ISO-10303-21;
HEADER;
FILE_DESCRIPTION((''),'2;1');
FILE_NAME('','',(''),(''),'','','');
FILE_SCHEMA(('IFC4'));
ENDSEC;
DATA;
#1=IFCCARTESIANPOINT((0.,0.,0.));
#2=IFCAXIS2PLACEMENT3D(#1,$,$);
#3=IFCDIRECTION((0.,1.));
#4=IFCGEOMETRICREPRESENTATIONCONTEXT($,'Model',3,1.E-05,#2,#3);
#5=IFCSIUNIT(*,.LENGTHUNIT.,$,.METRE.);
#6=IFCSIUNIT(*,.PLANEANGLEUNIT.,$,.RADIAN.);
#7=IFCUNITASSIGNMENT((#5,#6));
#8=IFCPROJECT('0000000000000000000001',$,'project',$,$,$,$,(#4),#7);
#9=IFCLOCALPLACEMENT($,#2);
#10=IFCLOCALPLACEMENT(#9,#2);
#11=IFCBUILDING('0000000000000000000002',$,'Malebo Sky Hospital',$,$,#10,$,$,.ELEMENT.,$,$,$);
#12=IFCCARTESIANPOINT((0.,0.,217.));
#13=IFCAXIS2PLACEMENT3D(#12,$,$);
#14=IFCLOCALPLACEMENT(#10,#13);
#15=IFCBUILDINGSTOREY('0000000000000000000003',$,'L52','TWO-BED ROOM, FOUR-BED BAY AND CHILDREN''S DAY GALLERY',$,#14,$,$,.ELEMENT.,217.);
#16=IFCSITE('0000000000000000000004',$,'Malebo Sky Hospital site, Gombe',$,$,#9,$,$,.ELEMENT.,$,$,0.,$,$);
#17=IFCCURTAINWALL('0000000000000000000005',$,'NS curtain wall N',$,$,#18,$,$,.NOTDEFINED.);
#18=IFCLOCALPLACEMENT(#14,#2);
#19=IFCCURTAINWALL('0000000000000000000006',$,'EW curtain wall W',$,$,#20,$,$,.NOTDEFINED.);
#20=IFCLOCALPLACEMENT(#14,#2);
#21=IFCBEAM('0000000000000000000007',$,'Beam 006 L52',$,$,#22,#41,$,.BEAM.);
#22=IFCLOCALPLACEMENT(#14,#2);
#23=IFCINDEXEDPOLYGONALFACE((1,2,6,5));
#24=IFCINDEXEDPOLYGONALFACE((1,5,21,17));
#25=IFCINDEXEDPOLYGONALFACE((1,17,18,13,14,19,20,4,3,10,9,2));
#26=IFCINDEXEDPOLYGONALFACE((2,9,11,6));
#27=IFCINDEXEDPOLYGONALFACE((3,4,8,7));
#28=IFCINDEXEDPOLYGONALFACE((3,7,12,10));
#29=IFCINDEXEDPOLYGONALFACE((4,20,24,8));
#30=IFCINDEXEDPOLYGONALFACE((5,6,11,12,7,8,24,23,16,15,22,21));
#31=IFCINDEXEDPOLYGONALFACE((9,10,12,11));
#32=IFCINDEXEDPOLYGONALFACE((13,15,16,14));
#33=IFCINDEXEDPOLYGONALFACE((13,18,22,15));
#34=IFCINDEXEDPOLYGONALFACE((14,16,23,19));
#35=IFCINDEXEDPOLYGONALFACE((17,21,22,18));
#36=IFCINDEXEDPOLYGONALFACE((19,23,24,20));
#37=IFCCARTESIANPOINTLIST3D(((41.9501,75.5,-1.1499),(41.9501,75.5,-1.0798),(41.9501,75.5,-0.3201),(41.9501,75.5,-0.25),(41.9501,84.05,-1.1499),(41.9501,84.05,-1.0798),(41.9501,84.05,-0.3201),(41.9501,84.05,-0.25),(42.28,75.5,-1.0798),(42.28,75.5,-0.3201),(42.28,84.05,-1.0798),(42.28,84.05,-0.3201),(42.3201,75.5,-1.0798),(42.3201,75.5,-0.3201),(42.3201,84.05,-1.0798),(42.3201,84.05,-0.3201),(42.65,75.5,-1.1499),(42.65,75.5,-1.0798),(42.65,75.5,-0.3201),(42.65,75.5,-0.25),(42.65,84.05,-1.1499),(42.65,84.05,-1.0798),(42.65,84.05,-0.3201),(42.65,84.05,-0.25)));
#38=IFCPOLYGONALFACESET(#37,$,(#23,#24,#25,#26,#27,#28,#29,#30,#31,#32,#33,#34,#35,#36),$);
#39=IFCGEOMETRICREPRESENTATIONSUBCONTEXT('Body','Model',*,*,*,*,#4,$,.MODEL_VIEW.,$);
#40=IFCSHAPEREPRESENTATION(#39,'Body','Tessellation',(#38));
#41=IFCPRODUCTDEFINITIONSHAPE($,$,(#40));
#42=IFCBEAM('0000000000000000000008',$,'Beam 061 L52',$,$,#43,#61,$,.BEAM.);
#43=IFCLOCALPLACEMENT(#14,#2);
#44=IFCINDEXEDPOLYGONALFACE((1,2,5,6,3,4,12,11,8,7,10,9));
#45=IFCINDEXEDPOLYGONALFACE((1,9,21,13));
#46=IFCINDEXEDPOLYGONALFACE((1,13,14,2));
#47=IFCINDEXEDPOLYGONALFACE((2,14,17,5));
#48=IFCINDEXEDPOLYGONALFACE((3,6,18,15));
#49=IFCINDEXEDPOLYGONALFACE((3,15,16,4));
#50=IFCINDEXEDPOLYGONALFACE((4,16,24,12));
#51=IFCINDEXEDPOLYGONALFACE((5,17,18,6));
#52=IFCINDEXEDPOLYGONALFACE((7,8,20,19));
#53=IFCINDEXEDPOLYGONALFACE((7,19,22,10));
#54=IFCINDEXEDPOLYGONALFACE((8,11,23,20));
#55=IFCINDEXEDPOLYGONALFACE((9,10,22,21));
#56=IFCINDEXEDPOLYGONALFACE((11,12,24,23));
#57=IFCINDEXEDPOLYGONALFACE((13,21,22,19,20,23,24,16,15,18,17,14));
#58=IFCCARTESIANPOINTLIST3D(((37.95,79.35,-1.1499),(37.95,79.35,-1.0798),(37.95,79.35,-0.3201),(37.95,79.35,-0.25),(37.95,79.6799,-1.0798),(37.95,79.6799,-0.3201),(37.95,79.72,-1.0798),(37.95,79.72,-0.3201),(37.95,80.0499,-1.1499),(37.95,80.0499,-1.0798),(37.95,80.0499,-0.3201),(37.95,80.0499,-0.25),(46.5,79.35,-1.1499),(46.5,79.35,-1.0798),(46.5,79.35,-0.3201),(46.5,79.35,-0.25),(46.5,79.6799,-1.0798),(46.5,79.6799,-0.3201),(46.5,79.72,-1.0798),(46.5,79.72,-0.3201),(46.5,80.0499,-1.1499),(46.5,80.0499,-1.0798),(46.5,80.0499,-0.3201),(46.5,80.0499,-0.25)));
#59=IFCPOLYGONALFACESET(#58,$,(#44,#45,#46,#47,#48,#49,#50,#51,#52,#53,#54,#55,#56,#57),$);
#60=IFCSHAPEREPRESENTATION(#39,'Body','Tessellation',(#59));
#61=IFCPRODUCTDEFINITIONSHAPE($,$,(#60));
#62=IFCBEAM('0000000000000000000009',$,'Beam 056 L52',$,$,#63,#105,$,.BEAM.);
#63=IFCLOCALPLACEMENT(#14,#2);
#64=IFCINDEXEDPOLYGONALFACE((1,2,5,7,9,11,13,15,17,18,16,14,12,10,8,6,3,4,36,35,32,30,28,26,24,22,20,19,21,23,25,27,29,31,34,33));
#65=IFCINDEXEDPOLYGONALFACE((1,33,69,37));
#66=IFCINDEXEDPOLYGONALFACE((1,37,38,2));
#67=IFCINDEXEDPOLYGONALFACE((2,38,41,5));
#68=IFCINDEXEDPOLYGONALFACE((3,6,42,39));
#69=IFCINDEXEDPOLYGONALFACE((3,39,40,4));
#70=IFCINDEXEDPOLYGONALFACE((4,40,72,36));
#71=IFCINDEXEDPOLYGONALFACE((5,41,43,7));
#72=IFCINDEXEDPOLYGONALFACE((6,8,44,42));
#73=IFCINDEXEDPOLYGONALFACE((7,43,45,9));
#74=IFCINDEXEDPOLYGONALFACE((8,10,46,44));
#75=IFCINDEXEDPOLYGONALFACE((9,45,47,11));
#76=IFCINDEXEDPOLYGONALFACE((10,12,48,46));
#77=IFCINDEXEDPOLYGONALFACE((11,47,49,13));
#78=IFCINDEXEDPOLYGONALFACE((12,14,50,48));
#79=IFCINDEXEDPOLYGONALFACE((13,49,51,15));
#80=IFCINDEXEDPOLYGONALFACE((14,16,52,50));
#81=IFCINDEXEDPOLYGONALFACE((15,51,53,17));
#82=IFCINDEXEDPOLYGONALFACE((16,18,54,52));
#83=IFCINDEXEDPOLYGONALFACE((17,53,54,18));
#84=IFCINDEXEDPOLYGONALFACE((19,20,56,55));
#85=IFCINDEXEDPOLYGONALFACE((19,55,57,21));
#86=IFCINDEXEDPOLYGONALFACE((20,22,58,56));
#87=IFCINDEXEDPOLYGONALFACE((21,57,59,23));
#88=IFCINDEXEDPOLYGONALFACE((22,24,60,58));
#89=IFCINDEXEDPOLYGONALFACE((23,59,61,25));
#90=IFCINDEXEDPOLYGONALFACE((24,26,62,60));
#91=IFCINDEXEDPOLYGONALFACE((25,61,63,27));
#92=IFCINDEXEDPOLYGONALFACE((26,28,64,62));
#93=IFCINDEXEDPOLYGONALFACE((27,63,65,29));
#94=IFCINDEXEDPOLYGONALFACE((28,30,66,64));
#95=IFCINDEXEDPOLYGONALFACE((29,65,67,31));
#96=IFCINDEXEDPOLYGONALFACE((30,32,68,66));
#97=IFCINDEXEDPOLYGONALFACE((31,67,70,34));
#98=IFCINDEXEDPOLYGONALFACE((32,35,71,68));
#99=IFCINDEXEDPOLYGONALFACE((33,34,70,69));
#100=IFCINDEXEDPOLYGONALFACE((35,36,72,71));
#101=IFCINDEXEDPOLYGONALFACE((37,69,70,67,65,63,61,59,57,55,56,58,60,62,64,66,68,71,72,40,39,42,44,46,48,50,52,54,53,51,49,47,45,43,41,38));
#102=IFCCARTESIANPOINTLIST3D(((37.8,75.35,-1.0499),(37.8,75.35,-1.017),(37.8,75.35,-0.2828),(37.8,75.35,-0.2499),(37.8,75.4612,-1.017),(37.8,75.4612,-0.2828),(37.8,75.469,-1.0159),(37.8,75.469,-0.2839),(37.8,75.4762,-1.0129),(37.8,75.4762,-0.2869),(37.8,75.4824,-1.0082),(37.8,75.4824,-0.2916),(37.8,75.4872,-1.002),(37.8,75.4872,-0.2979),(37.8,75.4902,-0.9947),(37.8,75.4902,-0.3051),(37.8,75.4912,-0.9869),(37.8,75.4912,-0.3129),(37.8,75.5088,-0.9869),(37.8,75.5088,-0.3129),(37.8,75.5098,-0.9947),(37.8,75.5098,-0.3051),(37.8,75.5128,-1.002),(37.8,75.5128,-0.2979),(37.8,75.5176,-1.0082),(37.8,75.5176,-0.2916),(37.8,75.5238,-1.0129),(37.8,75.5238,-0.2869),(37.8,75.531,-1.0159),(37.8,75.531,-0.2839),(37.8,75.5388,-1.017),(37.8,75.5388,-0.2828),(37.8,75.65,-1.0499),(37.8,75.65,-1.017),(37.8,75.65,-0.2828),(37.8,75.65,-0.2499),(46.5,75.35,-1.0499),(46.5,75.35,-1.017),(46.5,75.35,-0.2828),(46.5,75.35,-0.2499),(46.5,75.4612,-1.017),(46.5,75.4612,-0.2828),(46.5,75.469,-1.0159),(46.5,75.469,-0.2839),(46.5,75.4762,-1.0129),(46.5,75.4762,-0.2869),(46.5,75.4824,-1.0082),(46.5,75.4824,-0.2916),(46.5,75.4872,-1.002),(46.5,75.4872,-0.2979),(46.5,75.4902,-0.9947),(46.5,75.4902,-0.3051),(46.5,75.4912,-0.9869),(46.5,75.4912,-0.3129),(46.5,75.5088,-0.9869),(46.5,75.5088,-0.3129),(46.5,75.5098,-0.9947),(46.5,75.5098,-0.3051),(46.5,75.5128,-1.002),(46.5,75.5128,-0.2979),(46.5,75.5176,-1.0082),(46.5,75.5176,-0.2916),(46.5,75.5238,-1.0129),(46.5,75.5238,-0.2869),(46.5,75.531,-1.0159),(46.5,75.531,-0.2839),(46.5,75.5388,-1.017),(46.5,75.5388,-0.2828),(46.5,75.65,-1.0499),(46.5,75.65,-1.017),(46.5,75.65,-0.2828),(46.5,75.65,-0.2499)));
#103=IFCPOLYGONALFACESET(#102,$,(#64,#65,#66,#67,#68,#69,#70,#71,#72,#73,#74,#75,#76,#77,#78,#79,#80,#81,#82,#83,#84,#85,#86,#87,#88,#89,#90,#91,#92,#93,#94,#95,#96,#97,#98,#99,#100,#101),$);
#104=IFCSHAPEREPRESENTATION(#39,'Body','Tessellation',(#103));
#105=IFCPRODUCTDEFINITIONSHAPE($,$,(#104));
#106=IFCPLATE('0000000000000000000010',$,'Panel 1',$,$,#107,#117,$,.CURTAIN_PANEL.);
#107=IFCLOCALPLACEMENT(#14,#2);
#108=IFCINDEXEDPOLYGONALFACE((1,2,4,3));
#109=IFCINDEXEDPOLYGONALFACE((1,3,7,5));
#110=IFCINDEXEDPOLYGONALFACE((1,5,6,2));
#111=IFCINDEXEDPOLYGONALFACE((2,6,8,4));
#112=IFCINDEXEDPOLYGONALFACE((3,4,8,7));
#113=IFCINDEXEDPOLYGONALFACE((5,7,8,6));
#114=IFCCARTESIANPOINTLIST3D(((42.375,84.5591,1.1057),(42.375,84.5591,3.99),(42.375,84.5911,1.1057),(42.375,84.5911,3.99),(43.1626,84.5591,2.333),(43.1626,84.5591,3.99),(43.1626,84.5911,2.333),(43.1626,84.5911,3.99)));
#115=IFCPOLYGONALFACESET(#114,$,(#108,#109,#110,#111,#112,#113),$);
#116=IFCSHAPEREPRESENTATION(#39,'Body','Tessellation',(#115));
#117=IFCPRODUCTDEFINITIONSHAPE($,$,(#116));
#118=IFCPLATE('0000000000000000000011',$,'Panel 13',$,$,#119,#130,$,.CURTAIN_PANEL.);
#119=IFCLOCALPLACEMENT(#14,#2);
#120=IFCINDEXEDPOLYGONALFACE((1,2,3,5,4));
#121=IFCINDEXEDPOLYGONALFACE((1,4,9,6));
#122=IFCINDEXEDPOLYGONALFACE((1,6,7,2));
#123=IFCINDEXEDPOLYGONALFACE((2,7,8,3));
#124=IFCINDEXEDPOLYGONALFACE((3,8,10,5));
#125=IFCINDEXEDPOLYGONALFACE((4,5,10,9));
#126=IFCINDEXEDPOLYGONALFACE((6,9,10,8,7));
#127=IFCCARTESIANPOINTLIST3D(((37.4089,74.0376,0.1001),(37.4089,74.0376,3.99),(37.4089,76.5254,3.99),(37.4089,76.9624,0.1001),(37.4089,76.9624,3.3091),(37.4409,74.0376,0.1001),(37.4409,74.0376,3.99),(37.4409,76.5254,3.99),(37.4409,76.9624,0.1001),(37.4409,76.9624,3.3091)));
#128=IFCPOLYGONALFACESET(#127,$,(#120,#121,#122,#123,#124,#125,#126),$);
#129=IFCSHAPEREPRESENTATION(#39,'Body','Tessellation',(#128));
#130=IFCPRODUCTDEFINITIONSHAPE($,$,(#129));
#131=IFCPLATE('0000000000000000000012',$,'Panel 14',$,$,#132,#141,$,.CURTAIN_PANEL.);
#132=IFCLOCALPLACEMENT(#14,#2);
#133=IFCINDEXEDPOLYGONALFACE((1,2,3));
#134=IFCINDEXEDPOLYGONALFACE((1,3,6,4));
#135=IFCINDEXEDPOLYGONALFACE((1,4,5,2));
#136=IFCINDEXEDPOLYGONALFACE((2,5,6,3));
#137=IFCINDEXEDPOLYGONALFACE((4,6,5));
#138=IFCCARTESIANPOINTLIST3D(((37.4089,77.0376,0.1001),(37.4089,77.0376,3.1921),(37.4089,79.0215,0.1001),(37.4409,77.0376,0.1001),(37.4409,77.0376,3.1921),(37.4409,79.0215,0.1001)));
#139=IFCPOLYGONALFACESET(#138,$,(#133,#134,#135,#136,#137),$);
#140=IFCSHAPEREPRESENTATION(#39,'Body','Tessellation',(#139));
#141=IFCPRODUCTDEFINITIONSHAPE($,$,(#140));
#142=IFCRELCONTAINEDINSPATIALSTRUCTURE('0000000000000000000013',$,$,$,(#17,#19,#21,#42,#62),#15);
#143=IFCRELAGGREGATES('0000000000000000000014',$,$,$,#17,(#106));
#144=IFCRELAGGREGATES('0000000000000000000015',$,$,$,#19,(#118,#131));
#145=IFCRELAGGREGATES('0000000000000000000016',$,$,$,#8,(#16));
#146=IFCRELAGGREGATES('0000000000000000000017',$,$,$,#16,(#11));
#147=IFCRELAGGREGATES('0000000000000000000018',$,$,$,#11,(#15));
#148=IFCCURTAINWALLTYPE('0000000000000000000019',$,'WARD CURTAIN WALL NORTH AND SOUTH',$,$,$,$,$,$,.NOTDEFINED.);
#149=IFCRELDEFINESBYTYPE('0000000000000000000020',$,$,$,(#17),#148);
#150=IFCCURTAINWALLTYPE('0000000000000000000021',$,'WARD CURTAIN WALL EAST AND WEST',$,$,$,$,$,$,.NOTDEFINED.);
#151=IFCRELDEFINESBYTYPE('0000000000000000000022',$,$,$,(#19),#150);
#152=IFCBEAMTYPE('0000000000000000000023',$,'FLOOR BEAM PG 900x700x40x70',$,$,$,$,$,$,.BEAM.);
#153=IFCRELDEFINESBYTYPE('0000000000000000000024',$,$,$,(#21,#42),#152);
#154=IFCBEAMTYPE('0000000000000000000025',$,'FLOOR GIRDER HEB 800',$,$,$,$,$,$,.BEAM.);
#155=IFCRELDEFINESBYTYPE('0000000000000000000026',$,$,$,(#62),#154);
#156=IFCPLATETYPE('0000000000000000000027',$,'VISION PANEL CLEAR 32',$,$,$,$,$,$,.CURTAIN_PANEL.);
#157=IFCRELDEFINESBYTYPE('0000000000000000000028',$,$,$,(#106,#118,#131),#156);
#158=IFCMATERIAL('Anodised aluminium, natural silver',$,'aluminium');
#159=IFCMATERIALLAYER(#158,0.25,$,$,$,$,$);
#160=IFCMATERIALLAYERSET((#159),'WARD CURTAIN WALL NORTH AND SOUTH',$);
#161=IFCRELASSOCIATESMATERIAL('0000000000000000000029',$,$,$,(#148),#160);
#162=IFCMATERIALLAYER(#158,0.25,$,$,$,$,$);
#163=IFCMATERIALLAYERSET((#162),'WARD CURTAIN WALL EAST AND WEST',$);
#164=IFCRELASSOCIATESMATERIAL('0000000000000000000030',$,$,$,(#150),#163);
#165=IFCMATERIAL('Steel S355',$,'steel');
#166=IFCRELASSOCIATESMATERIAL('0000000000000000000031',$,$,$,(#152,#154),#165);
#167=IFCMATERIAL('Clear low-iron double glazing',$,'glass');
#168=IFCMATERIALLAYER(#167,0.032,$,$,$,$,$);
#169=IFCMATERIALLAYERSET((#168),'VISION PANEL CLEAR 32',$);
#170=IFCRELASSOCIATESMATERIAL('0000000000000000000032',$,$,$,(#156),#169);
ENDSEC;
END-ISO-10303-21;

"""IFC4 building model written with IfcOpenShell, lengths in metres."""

from ifc_helpers import new_model, si_unit, direction, frame, origin, origin_2d, place, context, subcontext, project, spatial, polyline, i_section, outline, extrude, material, layer, layer_set, material_profile, profile_set, type_object, element, aggregate, save


model = new_model("IFC4")

# Units and contexts
model_context = context("Model", 3, precision=1e-05, world=origin(), true_north=direction((0.0, 1.0)))
body_context = subcontext(model_context, "Body", "Model", "MODEL_VIEW")
ifc_project = project(units=[si_unit("LENGTHUNIT", "METRE"), si_unit("PLANEANGLEUNIT", "RADIAN")], contexts=[model_context])

# Site, building, storey
site_placement = place(None, origin())
site = spatial("IfcSite", under=ifc_project, at=site_placement, Name="Malebo Sky Hospital site, Gombe", CompositionType="ELEMENT", RefElevation=0.0)
building_placement = place(site_placement, origin())
building = spatial("IfcBuilding", under=site, at=building_placement, Name="Malebo Sky Hospital", CompositionType="ELEMENT")
storey_placement = place(building_placement, frame((0.0, 0.0, 217.0)))
storey = spatial("IfcBuildingStorey", under=building, at=storey_placement, Name="L52", Description="TWO-BED ROOM, FOUR-BED BAY AND CHILDREN'S DAY GALLERY", CompositionType="ELEMENT", Elevation=217.0)

# Curtain walls
ifc_material_1 = material(Name="Anodised aluminium, natural silver", Category="aluminium")
ifc_layer_1 = layer(ifc_material_1, 0.25)
ifc_layer_set_1 = layer_set([ifc_layer_1], Name="WARD CURTAIN WALL NORTH AND SOUTH")
curtain_wall_type_1 = type_object("IfcCurtainWallType", Name="WARD CURTAIN WALL NORTH AND SOUTH", PredefinedType="NOTDEFINED", material=ifc_layer_set_1)
curtain_wall_1_placement = place(storey_placement, origin())
curtain_wall_1 = element("IfcCurtainWall", 1, at=curtain_wall_1_placement, inside=storey, type_object=curtain_wall_type_1, Name="NS curtain wall N", PredefinedType="NOTDEFINED")
ifc_layer_2 = layer(ifc_material_1, 0.25)
ifc_layer_set_2 = layer_set([ifc_layer_2], Name="WARD CURTAIN WALL EAST AND WEST")
curtain_wall_type_2 = type_object("IfcCurtainWallType", Name="WARD CURTAIN WALL EAST AND WEST", PredefinedType="NOTDEFINED", material=ifc_layer_set_2)
curtain_wall_2_placement = place(storey_placement, origin())
curtain_wall_2 = element("IfcCurtainWall", 2, at=curtain_wall_2_placement, inside=storey, type_object=curtain_wall_type_2, Name="EW curtain wall W", PredefinedType="NOTDEFINED")

# Beams
ifc_material_2 = material(Name="Steel S355", Category="steel")
ifc_material_profile_1 = material_profile(ifc_material_2, i_section(OverallWidth=0.7, OverallDepth=0.8999, WebThickness=0.04, FlangeThickness=0.0701, at=origin_2d()), Name="PG 900x700x40x70")
ifc_profile_set_1 = profile_set([ifc_material_profile_1], Name="Steel S355")
beam_type_1 = type_object("IfcBeamType", Name="FLOOR BEAM PG 900x700x40x70", PredefinedType="BEAM", material=ifc_profile_set_1)
for number, where, z_axis, x_axis, name in (
    (3, (42.3, 75.5, -0.7), (0.0, 1.0, 0.0), (-1.0, 0.0, 0.0), "Beam 006 L52"),
    (4, (37.95, 79.7, -0.7), (1.0, 0.0, 0.0), (0.0, 1.0, 0.0), "Beam 061 L52"),
):
    element("IfcBeam", number, at=place(storey_placement, frame(where, z_axis=z_axis, x_axis=x_axis)), inside=storey, type_object=beam_type_1, Name=name, PredefinedType="BEAM", context=body_context, shape_type="SweptSolid", body=[
        extrude(i_section(OverallWidth=0.7, OverallDepth=0.8999, WebThickness=0.04, FlangeThickness=0.0701, at=origin_2d()), origin(), (0.0, 0.0, 1.0), 8.55),
    ])
ifc_material_profile_2 = material_profile(ifc_material_2, i_section(OverallWidth=0.3, OverallDepth=0.8, WebThickness=0.0176, FlangeThickness=0.033, FilletRadius=0.03, at=origin_2d()), Name="HEB 800")
ifc_profile_set_2 = profile_set([ifc_material_profile_2], Name="Steel S355")
beam_type_2 = type_object("IfcBeamType", Name="FLOOR GIRDER HEB 800", PredefinedType="BEAM", material=ifc_profile_set_2)
beam_placement = place(storey_placement, frame((37.8, 75.5, -0.6499), z_axis=(1.0, 0.0, 0.0), x_axis=(0.0, 1.0, 0.0)))
element("IfcBeam", 5, at=beam_placement, inside=storey, type_object=beam_type_2, Name="Beam 056 L52", PredefinedType="BEAM", context=body_context, shape_type="SweptSolid", body=[
    extrude(i_section(OverallWidth=0.3, OverallDepth=0.8, WebThickness=0.0176, FlangeThickness=0.033, FilletRadius=0.03, at=origin_2d()), origin(), (0.0, 0.0, 1.0), 8.7),
])

# Plates
ifc_material_3 = material(Name="Clear low-iron double glazing", Category="glass")
ifc_layer_3 = layer(ifc_material_3, 0.032)
ifc_layer_set_3 = layer_set([ifc_layer_3], Name="VISION PANEL CLEAR 32")
plate_type = type_object("IfcPlateType", Name="VISION PANEL CLEAR 32", PredefinedType="CURTAIN_PANEL", material=ifc_layer_set_3)
plate_1_placement = place(storey_placement, frame((42.7688, 84.575, 1.1057), z_axis=(0.0, 0.0, 1.0), x_axis=(1.0, 0.0, 0.0)))
plate_1 = element("IfcPlate", 6, at=plate_1_placement, type_object=plate_type, Name="Panel 1", PredefinedType="CURTAIN_PANEL", context=body_context, shape_type="SweptSolid", body=[
    extrude(outline(polyline([(-0.3938, 0.0), (0.3938, 1.2273), (0.3938, 2.8843), (-0.3938, 2.8843), (-0.3938, 0.0)])), frame((0.0, 0.0161, 0.0), z_axis=(0.0, -1.0, 0.0), x_axis=(1.0, 0.0, 0.0)), (0.0, 0.0, 1.0), 0.032),
])
aggregate(curtain_wall_1, [plate_1])
plate_2_placement = place(storey_placement, frame((37.425, 75.5, 0.1001), z_axis=(0.0, 0.0, 1.0), x_axis=(0.0, 1.0, 0.0)))
plate_2 = element("IfcPlate", 7, at=plate_2_placement, type_object=plate_type, Name="Panel 13", PredefinedType="CURTAIN_PANEL", context=body_context, shape_type="SweptSolid", body=[
    extrude(outline(polyline([(-1.4624, 0.0), (1.4624, 0.0), (1.4624, 3.209), (1.0254, 3.8899), (-1.4624, 3.8899), (-1.4624, 0.0)])), frame((0.0, 0.0161, 0.0), z_axis=(0.0, -1.0, 0.0), x_axis=(1.0, 0.0, 0.0)), (0.0, 0.0, 1.0), 0.032),
])
plate_3_placement = place(storey_placement, frame((37.425, 78.0295, 0.1001), z_axis=(0.0, 0.0, 1.0), x_axis=(0.0, 1.0, 0.0)))
plate_3 = element("IfcPlate", 8, at=plate_3_placement, type_object=plate_type, Name="Panel 14", PredefinedType="CURTAIN_PANEL", context=body_context, shape_type="SweptSolid", body=[
    extrude(outline(polyline([(-0.9919, 0.0), (0.9919, 0.0), (-0.9919, 3.092), (-0.9919, 0.0)])), frame((0.0, 0.0161, 0.0), z_axis=(0.0, -1.0, 0.0), x_axis=(1.0, 0.0, 0.0)), (0.0, 0.0, 1.0), 0.032),
])
aggregate(curtain_wall_2, [plate_2, plate_3])

save(model, "model.ifc")
